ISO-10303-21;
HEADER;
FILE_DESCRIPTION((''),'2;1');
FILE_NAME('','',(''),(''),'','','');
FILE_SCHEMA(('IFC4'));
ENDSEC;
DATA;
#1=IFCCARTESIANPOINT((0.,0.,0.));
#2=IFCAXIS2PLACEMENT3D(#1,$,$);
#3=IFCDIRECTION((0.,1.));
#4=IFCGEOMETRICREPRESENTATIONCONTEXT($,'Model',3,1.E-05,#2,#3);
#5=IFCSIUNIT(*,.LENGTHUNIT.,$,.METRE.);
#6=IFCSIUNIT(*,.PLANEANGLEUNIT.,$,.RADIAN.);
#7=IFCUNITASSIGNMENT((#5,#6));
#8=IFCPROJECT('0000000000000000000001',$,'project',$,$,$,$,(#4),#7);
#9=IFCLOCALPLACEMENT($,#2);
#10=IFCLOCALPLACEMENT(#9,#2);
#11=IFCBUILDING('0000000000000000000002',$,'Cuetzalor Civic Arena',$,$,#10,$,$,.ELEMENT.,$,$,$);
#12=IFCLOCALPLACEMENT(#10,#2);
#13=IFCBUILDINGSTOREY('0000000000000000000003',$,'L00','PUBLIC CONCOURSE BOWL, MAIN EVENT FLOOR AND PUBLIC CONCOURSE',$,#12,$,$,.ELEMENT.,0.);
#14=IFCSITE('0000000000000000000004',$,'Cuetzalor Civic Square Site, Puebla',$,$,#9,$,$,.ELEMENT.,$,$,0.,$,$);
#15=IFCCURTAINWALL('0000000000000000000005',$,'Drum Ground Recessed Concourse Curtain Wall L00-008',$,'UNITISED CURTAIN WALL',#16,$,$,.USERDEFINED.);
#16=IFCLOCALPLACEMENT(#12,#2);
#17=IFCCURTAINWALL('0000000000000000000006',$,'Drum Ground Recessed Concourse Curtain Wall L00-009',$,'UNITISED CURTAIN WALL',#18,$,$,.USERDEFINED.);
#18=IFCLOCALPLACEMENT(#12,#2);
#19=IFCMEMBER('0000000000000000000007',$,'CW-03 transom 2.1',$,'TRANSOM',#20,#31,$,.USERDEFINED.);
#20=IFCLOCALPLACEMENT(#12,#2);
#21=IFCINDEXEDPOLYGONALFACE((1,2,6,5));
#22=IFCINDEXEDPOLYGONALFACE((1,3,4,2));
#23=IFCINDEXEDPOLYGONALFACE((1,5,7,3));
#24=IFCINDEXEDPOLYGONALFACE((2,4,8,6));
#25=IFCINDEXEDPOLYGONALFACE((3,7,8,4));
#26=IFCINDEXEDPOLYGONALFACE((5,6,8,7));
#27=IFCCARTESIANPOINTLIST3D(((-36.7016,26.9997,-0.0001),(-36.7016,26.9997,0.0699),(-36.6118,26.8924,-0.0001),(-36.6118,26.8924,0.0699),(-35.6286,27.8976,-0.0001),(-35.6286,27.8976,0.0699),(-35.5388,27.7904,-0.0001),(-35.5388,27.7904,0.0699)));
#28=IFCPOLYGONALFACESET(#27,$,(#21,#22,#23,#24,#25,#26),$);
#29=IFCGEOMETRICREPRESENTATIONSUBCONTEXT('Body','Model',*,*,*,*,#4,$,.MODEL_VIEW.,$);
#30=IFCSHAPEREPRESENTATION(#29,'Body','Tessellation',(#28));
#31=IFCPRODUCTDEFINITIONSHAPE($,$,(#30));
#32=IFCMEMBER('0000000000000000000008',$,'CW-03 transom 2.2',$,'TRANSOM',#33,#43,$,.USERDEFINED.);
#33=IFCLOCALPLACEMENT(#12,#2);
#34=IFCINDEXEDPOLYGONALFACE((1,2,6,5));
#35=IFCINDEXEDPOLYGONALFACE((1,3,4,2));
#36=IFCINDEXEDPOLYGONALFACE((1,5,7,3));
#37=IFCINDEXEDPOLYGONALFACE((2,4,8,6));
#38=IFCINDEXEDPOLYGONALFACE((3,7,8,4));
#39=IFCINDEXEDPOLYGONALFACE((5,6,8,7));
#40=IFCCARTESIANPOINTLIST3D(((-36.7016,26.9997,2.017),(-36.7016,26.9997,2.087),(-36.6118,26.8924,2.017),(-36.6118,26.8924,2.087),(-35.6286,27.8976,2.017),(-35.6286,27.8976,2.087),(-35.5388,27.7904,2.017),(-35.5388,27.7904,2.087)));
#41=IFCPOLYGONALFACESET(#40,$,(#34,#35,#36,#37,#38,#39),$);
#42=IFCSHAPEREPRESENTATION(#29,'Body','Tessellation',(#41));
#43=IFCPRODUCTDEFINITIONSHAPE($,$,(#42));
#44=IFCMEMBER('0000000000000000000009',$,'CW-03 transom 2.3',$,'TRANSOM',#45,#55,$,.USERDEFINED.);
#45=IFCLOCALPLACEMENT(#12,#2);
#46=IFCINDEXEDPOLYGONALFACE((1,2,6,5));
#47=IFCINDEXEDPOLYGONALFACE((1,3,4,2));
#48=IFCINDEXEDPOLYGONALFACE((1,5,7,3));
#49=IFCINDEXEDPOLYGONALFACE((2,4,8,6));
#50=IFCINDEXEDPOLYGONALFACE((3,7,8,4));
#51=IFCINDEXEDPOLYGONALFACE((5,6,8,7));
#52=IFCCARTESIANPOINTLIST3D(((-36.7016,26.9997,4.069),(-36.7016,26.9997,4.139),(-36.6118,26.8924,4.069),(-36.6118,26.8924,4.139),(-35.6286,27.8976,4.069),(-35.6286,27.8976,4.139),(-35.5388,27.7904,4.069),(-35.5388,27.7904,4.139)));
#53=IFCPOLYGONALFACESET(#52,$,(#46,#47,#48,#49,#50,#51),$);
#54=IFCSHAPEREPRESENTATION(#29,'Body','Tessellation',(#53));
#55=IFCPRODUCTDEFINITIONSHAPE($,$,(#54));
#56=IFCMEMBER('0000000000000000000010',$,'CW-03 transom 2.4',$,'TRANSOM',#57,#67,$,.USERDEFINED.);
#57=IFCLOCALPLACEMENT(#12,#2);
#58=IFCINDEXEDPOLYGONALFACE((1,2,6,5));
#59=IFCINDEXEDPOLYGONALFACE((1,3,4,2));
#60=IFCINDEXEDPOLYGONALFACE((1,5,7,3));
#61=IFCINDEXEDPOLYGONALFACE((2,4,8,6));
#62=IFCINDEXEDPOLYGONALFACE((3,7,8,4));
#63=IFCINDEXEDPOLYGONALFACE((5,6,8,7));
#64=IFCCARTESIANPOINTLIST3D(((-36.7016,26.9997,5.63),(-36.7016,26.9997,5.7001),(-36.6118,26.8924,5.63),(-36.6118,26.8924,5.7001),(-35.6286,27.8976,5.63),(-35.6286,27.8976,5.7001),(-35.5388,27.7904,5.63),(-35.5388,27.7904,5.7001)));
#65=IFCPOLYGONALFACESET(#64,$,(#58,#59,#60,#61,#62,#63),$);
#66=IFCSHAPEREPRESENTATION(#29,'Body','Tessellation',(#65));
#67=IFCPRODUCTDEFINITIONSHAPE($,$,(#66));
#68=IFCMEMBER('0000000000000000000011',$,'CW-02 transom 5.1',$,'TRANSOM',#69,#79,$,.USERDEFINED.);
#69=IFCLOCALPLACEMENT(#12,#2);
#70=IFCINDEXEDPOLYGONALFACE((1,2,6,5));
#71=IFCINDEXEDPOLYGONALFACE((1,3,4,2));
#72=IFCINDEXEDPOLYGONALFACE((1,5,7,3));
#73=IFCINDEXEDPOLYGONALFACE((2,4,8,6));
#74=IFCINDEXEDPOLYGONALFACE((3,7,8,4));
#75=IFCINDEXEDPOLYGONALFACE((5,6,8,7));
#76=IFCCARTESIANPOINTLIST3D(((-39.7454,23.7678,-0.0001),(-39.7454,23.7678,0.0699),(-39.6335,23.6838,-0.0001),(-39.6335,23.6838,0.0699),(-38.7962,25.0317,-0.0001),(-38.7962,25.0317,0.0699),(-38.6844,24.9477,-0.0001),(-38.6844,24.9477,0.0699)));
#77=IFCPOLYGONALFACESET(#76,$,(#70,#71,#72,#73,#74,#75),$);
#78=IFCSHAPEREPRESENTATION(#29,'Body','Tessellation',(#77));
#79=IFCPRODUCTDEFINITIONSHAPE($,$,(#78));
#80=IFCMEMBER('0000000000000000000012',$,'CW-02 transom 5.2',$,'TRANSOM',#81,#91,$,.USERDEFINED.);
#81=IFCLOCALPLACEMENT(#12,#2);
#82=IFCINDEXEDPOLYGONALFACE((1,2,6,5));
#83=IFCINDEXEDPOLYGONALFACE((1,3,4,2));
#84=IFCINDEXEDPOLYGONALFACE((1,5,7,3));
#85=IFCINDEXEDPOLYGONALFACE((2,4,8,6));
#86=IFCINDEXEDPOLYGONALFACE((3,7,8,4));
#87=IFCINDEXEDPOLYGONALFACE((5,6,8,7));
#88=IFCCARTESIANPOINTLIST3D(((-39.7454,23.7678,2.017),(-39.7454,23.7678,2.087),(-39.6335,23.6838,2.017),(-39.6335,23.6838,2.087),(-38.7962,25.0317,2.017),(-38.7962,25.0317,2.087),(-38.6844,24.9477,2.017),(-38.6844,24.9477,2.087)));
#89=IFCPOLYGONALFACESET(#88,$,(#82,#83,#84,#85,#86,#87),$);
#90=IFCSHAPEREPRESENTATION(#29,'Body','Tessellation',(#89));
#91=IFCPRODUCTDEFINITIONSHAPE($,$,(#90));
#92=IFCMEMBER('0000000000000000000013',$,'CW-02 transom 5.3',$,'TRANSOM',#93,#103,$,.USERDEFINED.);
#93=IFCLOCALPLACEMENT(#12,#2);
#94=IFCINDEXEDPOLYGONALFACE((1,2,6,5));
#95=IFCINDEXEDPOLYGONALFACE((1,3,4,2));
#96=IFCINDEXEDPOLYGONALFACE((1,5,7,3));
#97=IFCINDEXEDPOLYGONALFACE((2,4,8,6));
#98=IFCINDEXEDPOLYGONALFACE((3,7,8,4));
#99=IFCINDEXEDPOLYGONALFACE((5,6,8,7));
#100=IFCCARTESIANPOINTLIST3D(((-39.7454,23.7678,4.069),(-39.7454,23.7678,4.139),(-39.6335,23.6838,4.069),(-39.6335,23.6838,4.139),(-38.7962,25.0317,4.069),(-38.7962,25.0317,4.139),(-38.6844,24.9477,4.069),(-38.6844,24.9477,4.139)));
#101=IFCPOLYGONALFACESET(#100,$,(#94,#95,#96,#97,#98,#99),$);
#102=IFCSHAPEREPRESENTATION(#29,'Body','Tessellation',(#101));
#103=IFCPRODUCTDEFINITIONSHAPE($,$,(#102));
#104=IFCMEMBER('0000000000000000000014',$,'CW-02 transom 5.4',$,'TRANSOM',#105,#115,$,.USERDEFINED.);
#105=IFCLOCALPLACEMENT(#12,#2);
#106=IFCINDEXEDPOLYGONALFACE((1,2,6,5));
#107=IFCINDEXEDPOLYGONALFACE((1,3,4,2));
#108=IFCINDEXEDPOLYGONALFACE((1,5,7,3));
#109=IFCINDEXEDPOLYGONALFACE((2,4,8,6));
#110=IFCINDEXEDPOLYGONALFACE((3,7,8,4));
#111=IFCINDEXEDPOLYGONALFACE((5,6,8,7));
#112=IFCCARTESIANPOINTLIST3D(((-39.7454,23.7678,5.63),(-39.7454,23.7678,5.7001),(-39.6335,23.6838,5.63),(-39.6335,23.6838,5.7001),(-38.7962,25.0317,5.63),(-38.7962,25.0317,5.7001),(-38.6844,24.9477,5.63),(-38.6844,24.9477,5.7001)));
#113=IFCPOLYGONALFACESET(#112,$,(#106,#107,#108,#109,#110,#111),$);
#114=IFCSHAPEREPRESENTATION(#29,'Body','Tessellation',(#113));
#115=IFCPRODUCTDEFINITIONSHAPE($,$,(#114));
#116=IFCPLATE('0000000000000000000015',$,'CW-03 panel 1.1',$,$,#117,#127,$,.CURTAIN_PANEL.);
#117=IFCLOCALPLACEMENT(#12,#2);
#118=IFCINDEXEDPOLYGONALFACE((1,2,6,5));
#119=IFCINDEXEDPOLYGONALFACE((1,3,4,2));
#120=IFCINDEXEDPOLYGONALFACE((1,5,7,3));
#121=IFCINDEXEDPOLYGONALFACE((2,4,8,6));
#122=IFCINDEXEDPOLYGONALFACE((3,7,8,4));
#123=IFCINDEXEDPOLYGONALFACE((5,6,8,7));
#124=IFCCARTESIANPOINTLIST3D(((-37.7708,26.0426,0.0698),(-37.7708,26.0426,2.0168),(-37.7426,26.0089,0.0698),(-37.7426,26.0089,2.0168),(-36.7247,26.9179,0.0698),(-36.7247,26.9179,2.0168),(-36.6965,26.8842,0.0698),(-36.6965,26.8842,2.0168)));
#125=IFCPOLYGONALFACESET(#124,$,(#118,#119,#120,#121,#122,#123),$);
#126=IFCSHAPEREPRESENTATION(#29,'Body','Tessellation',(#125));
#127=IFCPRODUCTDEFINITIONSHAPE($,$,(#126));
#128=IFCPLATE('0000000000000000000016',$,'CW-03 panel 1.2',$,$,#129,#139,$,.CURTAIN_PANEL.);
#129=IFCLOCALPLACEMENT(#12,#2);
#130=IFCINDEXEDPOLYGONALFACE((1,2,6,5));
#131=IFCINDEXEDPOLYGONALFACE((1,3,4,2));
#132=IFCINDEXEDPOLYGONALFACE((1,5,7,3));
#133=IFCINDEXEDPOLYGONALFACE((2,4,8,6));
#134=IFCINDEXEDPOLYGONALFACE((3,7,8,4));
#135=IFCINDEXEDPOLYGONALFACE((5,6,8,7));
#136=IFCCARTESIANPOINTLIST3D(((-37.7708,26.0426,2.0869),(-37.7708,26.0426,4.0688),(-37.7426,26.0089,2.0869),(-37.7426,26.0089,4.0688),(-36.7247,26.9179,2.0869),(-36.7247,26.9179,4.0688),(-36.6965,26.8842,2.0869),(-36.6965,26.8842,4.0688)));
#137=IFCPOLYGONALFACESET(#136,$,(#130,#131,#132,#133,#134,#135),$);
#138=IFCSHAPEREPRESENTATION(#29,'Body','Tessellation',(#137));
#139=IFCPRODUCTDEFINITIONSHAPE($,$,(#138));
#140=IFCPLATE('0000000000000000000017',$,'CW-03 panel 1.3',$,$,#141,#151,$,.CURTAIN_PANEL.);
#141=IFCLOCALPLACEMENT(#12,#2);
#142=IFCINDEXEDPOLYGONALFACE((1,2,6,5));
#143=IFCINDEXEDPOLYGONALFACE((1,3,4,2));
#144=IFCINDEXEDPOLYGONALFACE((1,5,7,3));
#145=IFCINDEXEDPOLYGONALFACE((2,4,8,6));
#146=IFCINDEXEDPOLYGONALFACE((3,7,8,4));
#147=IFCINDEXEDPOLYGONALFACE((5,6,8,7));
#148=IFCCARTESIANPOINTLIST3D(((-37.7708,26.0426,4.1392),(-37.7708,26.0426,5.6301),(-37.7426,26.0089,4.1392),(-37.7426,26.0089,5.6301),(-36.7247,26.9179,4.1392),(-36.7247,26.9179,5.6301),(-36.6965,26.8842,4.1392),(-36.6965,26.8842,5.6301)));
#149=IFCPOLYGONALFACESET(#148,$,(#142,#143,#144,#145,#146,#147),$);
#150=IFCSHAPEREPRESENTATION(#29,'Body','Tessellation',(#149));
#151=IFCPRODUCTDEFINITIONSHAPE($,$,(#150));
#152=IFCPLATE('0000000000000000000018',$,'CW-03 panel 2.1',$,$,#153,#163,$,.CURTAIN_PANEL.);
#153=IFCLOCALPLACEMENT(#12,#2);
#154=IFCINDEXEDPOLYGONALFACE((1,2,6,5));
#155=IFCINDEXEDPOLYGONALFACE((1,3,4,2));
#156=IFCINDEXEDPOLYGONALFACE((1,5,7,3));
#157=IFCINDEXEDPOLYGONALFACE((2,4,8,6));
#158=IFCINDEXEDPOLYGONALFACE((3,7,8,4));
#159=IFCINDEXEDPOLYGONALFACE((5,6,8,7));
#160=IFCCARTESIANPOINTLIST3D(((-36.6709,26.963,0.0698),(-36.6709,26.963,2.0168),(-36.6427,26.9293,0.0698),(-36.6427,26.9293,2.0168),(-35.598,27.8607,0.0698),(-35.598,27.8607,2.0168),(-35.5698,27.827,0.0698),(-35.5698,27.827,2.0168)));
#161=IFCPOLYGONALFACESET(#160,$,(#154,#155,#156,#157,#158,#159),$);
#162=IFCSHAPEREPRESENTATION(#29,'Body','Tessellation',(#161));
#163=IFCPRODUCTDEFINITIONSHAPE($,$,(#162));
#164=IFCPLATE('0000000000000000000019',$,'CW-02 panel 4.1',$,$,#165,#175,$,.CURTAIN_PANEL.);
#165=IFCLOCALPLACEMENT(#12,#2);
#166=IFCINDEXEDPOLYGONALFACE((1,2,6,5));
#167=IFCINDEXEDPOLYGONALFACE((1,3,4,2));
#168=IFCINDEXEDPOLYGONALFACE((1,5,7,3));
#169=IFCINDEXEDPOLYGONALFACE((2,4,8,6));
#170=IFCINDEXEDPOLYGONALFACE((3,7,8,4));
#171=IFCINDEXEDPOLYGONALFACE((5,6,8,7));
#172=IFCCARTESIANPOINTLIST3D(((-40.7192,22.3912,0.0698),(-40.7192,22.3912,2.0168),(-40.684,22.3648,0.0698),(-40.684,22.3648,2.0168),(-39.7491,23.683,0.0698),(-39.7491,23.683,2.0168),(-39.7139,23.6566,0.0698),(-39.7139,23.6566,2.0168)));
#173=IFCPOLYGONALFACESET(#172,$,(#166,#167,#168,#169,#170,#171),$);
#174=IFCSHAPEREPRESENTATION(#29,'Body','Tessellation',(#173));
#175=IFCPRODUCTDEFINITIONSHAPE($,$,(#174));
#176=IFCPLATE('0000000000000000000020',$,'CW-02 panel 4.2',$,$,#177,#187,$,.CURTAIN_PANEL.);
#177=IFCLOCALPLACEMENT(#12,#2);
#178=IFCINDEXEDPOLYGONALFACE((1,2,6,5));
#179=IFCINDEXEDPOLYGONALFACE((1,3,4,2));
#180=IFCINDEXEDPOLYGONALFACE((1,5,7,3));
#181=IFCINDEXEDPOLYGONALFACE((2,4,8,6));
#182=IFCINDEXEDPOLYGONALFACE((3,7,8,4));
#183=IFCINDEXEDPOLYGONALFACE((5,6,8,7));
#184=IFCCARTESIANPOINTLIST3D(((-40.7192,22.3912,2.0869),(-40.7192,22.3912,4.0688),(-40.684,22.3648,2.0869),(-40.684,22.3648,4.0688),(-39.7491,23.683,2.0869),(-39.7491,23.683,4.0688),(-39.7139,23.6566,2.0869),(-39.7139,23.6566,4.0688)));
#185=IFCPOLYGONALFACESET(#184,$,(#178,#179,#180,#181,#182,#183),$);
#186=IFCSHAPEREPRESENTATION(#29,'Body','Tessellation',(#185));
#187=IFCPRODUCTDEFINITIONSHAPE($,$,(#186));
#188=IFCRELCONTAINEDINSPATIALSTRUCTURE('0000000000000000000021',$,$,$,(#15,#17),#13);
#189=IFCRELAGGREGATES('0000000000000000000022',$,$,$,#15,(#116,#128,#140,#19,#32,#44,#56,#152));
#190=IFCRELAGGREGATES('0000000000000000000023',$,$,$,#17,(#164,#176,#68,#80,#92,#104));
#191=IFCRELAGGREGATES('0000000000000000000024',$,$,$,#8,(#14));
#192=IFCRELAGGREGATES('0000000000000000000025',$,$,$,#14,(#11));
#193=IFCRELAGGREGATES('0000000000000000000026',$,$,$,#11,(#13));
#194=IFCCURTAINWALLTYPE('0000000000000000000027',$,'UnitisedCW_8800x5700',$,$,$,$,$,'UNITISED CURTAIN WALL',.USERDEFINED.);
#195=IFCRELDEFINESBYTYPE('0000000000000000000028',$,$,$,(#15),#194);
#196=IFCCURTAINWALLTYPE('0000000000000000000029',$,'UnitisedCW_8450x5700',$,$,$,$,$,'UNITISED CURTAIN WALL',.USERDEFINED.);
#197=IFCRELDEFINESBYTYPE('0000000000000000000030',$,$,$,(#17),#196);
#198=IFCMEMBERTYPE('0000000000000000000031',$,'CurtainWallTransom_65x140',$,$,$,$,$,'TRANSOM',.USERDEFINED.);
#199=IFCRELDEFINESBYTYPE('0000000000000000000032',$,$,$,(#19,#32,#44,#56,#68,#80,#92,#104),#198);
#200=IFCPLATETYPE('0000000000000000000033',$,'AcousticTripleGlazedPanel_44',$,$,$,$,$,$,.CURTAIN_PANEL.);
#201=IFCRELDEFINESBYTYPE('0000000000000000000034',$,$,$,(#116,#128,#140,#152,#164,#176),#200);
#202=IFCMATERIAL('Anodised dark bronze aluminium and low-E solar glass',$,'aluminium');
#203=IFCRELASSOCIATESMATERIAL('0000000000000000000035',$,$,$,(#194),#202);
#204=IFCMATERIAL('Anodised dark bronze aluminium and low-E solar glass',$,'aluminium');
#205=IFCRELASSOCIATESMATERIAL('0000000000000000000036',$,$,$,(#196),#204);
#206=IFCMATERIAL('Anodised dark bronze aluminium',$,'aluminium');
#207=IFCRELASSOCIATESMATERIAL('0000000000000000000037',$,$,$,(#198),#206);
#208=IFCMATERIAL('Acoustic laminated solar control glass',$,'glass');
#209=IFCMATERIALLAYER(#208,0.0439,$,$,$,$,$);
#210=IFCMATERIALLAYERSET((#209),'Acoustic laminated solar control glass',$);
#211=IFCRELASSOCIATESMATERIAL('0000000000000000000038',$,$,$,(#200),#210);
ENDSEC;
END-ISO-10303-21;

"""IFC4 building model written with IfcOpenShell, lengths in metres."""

from ifc_helpers import new_model, si_unit, direction, frame, origin, origin_2d, place, context, subcontext, project, spatial, rectangle, extrude, material, layer, layer_set, material_profile, profile_set, type_object, element, aggregate, save


model = new_model("IFC4")

# Units and contexts
model_context = context("Model", 3, precision=1e-05, world=origin(), true_north=direction((0.0, 1.0)))
body_context = subcontext(model_context, "Body", "Model", "MODEL_VIEW")
ifc_project = project(units=[si_unit("LENGTHUNIT", "METRE"), si_unit("PLANEANGLEUNIT", "RADIAN")], contexts=[model_context])

# Site, building, storey
site_placement = place(None, origin())
site = spatial("IfcSite", under=ifc_project, at=site_placement, Name="Cuetzalor Civic Square Site, Puebla", CompositionType="ELEMENT", RefElevation=0.0)
building_placement = place(site_placement, origin())
building = spatial("IfcBuilding", under=site, at=building_placement, Name="Cuetzalor Civic Arena", CompositionType="ELEMENT")
storey_placement = place(building_placement, origin())
storey = spatial("IfcBuildingStorey", under=building, at=storey_placement, Name="L00", Description="PUBLIC CONCOURSE BOWL, MAIN EVENT FLOOR AND PUBLIC CONCOURSE", CompositionType="ELEMENT", Elevation=0.0)

# Curtain walls
ifc_material_1 = material(Name="Anodised dark bronze aluminium and low-E solar glass", Category="aluminium")
curtain_wall_type_1 = type_object("IfcCurtainWallType", Name="UnitisedCW_8800x5700", ElementType="UNITISED CURTAIN WALL", PredefinedType="USERDEFINED", material=ifc_material_1)
curtain_wall_1_placement = place(storey_placement, origin())
curtain_wall_1 = element("IfcCurtainWall", 1, at=curtain_wall_1_placement, inside=storey, type_object=curtain_wall_type_1, Name="Drum Ground Recessed Concourse Curtain Wall L00-008", ObjectType="UNITISED CURTAIN WALL", PredefinedType="USERDEFINED")
ifc_material_2 = material(Name="Anodised dark bronze aluminium and low-E solar glass", Category="aluminium")
curtain_wall_type_2 = type_object("IfcCurtainWallType", Name="UnitisedCW_8450x5700", ElementType="UNITISED CURTAIN WALL", PredefinedType="USERDEFINED", material=ifc_material_2)
curtain_wall_2_placement = place(storey_placement, origin())
curtain_wall_2 = element("IfcCurtainWall", 2, at=curtain_wall_2_placement, inside=storey, type_object=curtain_wall_type_2, Name="Drum Ground Recessed Concourse Curtain Wall L00-009", ObjectType="UNITISED CURTAIN WALL", PredefinedType="USERDEFINED")

# Members
ifc_material_3 = material(Name="Anodised dark bronze aluminium", Category="aluminium")
ifc_material_profile_1 = material_profile(ifc_material_3, rectangle(XDim=0.1399, YDim=0.0701, at=origin_2d()), Name="ALU TRANSOM 70x140")
ifc_profile_set_1 = profile_set([ifc_material_profile_1], Name="Anodised dark bronze aluminium")
member_type_1 = type_object("IfcMemberType", Name="CurtainWallTransom_65x140", ElementType="TRANSOM", PredefinedType="USERDEFINED", material=ifc_profile_set_1)
member_1_placement = place(storey_placement, frame((-36.6567, 26.946, 0.0349), z_axis=(0.766889, 0.641779, 0.0), x_axis=(-0.641779, 0.766889, 0.0)))
member_1 = element("IfcMember", 3, at=member_1_placement, type_object=member_type_1, Name="CW-03 transom 2.1", ObjectType="TRANSOM", PredefinedType="USERDEFINED", context=body_context, shape_type="SweptSolid", body=[
    extrude(rectangle(XDim=0.1399, YDim=0.0701, at=origin_2d()), origin(), (0.0, 0.0, 1.0), 1.3992),
])
member_2_placement = place(storey_placement, frame((-36.6567, 26.946, 2.052), z_axis=(0.766889, 0.641779, 0.0), x_axis=(-0.641779, 0.766889, 0.0)))
member_2 = element("IfcMember", 4, at=member_2_placement, type_object=member_type_1, Name="CW-03 transom 2.2", ObjectType="TRANSOM", PredefinedType="USERDEFINED", context=body_context, shape_type="SweptSolid", body=[
    extrude(rectangle(XDim=0.1399, YDim=0.0701, at=origin_2d()), origin(), (0.0, 0.0, 1.0), 1.3992),
])
member_3_placement = place(storey_placement, frame((-36.6567, 26.946, 4.104), z_axis=(0.766889, 0.641779, 0.0), x_axis=(-0.641779, 0.766889, 0.0)))
member_3 = element("IfcMember", 5, at=member_3_placement, type_object=member_type_1, Name="CW-03 transom 2.3", ObjectType="TRANSOM", PredefinedType="USERDEFINED", context=body_context, shape_type="SweptSolid", body=[
    extrude(rectangle(XDim=0.1399, YDim=0.0701, at=origin_2d()), origin(), (0.0, 0.0, 1.0), 1.3992),
])
member_4_placement = place(storey_placement, frame((-36.6567, 26.946, 5.665), z_axis=(0.766889, 0.641779, 0.0), x_axis=(-0.641779, 0.766889, 0.0)))
member_4 = element("IfcMember", 6, at=member_4_placement, type_object=member_type_1, Name="CW-03 transom 2.4", ObjectType="TRANSOM", PredefinedType="USERDEFINED", context=body_context, shape_type="SweptSolid", body=[
    extrude(rectangle(XDim=0.1399, YDim=0.0701, at=origin_2d()), origin(), (0.0, 0.0, 1.0), 1.3992),
])
member_5_placement = place(storey_placement, frame((-39.6895, 23.7258, 0.0349), z_axis=(0.600519, 0.799611, 0.0), x_axis=(-0.799611, 0.600519, 0.0)))
member_5 = element("IfcMember", 7, at=member_5_placement, type_object=member_type_1, Name="CW-02 transom 5.1", ObjectType="TRANSOM", PredefinedType="USERDEFINED", context=body_context, shape_type="SweptSolid", body=[
    extrude(rectangle(XDim=0.1399, YDim=0.0701, at=origin_2d()), origin(), (0.0, 0.0, 1.0), 1.5806),
])
member_6_placement = place(storey_placement, frame((-39.6895, 23.7258, 2.052), z_axis=(0.600519, 0.799611, 0.0), x_axis=(-0.799611, 0.600519, 0.0)))
member_6 = element("IfcMember", 8, at=member_6_placement, type_object=member_type_1, Name="CW-02 transom 5.2", ObjectType="TRANSOM", PredefinedType="USERDEFINED", context=body_context, shape_type="SweptSolid", body=[
    extrude(rectangle(XDim=0.1399, YDim=0.0701, at=origin_2d()), origin(), (0.0, 0.0, 1.0), 1.5806),
])
member_7_placement = place(storey_placement, frame((-39.6895, 23.7258, 4.104), z_axis=(0.600519, 0.799611, 0.0), x_axis=(-0.799611, 0.600519, 0.0)))
member_7 = element("IfcMember", 9, at=member_7_placement, type_object=member_type_1, Name="CW-02 transom 5.3", ObjectType="TRANSOM", PredefinedType="USERDEFINED", context=body_context, shape_type="SweptSolid", body=[
    extrude(rectangle(XDim=0.1399, YDim=0.0701, at=origin_2d()), origin(), (0.0, 0.0, 1.0), 1.5806),
])
member_8_placement = place(storey_placement, frame((-39.6895, 23.7258, 5.665), z_axis=(0.600519, 0.799611, 0.0), x_axis=(-0.799611, 0.600519, 0.0)))
member_8 = element("IfcMember", 10, at=member_8_placement, type_object=member_type_1, Name="CW-02 transom 5.4", ObjectType="TRANSOM", PredefinedType="USERDEFINED", context=body_context, shape_type="SweptSolid", body=[
    extrude(rectangle(XDim=0.1399, YDim=0.0701, at=origin_2d()), origin(), (0.0, 0.0, 1.0), 1.5806),
])

# Plates
ifc_material_4 = material(Name="Acoustic laminated solar control glass", Category="glass")
ifc_layer_1 = layer(ifc_material_4, 0.0439)
ifc_layer_set_1 = layer_set([ifc_layer_1], Name="Acoustic laminated solar control glass")
plate_type = type_object("IfcPlateType", Name="AcousticTripleGlazedPanel_44", PredefinedType="CURTAIN_PANEL", material=ifc_layer_set_1)
plate_1_placement = place(storey_placement, frame((-37.2336, 26.4634, 0.0698), z_axis=(0.0, 0.0, 1.0), x_axis=(0.766928, 0.641733, 0.0)))
plate_1 = element("IfcPlate", 11, at=plate_1_placement, type_object=plate_type, Name="CW-03 panel 1.1", PredefinedType="CURTAIN_PANEL", context=body_context, shape_type="SweptSolid", body=[
    extrude(rectangle(XDim=1.364, YDim=0.0439, at=origin_2d()), origin(), (0.0, 0.0, 1.0), 1.947),
])
plate_2_placement = place(storey_placement, frame((-37.2336, 26.4634, 2.0869), z_axis=(0.0, 0.0, 1.0), x_axis=(0.766928, 0.641733, 0.0)))
plate_2 = element("IfcPlate", 12, at=plate_2_placement, type_object=plate_type, Name="CW-03 panel 1.2", PredefinedType="CURTAIN_PANEL", context=body_context, shape_type="SweptSolid", body=[
    extrude(rectangle(XDim=1.364, YDim=0.0439, at=origin_2d()), origin(), (0.0, 0.0, 1.0), 1.9819),
])
plate_3_placement = place(storey_placement, frame((-37.2336, 26.4634, 4.1392), z_axis=(0.0, 0.0, 1.0), x_axis=(0.766928, 0.641733, 0.0)))
plate_3 = element("IfcPlate", 13, at=plate_3_placement, type_object=plate_type, Name="CW-03 panel 1.3", PredefinedType="CURTAIN_PANEL", context=body_context, shape_type="SweptSolid", body=[
    extrude(rectangle(XDim=1.364, YDim=0.0439, at=origin_2d()), origin(), (0.0, 0.0, 1.0), 1.491),
])
plate_4_placement = place(storey_placement, frame((-36.1204, 27.395, 0.0698), z_axis=(0.0, 0.0, 1.0), x_axis=(0.766928, 0.641733, 0.0)))
plate_4 = element("IfcPlate", 14, at=plate_4_placement, type_object=plate_type, Name="CW-03 panel 2.1", PredefinedType="CURTAIN_PANEL", context=body_context, shape_type="SweptSolid", body=[
    extrude(rectangle(XDim=1.3989, YDim=0.0439, at=origin_2d()), origin(), (0.0, 0.0, 1.0), 1.947),
])
aggregate(curtain_wall_1, [plate_1, plate_2, plate_3, member_1, member_2, member_3, member_4, plate_4])
plate_5_placement = place(storey_placement, frame((-40.2166, 23.0239, 0.0698), z_axis=(0.0, 0.0, 1.0), x_axis=(0.600492, 0.799631, 0.0)))
plate_5 = element("IfcPlate", 15, at=plate_5_placement, type_object=plate_type, Name="CW-02 panel 4.1", PredefinedType="CURTAIN_PANEL", context=body_context, shape_type="SweptSolid", body=[
    extrude(rectangle(XDim=1.6155, YDim=0.0439, at=origin_2d()), origin(), (0.0, 0.0, 1.0), 1.947),
])
plate_6_placement = place(storey_placement, frame((-40.2166, 23.0239, 2.0869), z_axis=(0.0, 0.0, 1.0), x_axis=(0.600492, 0.799631, 0.0)))
plate_6 = element("IfcPlate", 16, at=plate_6_placement, type_object=plate_type, Name="CW-02 panel 4.2", PredefinedType="CURTAIN_PANEL", context=body_context, shape_type="SweptSolid", body=[
    extrude(rectangle(XDim=1.6155, YDim=0.0439, at=origin_2d()), origin(), (0.0, 0.0, 1.0), 1.9819),
])
aggregate(curtain_wall_2, [plate_5, plate_6, member_5, member_6, member_7, member_8])

save(model, "model.ifc")
